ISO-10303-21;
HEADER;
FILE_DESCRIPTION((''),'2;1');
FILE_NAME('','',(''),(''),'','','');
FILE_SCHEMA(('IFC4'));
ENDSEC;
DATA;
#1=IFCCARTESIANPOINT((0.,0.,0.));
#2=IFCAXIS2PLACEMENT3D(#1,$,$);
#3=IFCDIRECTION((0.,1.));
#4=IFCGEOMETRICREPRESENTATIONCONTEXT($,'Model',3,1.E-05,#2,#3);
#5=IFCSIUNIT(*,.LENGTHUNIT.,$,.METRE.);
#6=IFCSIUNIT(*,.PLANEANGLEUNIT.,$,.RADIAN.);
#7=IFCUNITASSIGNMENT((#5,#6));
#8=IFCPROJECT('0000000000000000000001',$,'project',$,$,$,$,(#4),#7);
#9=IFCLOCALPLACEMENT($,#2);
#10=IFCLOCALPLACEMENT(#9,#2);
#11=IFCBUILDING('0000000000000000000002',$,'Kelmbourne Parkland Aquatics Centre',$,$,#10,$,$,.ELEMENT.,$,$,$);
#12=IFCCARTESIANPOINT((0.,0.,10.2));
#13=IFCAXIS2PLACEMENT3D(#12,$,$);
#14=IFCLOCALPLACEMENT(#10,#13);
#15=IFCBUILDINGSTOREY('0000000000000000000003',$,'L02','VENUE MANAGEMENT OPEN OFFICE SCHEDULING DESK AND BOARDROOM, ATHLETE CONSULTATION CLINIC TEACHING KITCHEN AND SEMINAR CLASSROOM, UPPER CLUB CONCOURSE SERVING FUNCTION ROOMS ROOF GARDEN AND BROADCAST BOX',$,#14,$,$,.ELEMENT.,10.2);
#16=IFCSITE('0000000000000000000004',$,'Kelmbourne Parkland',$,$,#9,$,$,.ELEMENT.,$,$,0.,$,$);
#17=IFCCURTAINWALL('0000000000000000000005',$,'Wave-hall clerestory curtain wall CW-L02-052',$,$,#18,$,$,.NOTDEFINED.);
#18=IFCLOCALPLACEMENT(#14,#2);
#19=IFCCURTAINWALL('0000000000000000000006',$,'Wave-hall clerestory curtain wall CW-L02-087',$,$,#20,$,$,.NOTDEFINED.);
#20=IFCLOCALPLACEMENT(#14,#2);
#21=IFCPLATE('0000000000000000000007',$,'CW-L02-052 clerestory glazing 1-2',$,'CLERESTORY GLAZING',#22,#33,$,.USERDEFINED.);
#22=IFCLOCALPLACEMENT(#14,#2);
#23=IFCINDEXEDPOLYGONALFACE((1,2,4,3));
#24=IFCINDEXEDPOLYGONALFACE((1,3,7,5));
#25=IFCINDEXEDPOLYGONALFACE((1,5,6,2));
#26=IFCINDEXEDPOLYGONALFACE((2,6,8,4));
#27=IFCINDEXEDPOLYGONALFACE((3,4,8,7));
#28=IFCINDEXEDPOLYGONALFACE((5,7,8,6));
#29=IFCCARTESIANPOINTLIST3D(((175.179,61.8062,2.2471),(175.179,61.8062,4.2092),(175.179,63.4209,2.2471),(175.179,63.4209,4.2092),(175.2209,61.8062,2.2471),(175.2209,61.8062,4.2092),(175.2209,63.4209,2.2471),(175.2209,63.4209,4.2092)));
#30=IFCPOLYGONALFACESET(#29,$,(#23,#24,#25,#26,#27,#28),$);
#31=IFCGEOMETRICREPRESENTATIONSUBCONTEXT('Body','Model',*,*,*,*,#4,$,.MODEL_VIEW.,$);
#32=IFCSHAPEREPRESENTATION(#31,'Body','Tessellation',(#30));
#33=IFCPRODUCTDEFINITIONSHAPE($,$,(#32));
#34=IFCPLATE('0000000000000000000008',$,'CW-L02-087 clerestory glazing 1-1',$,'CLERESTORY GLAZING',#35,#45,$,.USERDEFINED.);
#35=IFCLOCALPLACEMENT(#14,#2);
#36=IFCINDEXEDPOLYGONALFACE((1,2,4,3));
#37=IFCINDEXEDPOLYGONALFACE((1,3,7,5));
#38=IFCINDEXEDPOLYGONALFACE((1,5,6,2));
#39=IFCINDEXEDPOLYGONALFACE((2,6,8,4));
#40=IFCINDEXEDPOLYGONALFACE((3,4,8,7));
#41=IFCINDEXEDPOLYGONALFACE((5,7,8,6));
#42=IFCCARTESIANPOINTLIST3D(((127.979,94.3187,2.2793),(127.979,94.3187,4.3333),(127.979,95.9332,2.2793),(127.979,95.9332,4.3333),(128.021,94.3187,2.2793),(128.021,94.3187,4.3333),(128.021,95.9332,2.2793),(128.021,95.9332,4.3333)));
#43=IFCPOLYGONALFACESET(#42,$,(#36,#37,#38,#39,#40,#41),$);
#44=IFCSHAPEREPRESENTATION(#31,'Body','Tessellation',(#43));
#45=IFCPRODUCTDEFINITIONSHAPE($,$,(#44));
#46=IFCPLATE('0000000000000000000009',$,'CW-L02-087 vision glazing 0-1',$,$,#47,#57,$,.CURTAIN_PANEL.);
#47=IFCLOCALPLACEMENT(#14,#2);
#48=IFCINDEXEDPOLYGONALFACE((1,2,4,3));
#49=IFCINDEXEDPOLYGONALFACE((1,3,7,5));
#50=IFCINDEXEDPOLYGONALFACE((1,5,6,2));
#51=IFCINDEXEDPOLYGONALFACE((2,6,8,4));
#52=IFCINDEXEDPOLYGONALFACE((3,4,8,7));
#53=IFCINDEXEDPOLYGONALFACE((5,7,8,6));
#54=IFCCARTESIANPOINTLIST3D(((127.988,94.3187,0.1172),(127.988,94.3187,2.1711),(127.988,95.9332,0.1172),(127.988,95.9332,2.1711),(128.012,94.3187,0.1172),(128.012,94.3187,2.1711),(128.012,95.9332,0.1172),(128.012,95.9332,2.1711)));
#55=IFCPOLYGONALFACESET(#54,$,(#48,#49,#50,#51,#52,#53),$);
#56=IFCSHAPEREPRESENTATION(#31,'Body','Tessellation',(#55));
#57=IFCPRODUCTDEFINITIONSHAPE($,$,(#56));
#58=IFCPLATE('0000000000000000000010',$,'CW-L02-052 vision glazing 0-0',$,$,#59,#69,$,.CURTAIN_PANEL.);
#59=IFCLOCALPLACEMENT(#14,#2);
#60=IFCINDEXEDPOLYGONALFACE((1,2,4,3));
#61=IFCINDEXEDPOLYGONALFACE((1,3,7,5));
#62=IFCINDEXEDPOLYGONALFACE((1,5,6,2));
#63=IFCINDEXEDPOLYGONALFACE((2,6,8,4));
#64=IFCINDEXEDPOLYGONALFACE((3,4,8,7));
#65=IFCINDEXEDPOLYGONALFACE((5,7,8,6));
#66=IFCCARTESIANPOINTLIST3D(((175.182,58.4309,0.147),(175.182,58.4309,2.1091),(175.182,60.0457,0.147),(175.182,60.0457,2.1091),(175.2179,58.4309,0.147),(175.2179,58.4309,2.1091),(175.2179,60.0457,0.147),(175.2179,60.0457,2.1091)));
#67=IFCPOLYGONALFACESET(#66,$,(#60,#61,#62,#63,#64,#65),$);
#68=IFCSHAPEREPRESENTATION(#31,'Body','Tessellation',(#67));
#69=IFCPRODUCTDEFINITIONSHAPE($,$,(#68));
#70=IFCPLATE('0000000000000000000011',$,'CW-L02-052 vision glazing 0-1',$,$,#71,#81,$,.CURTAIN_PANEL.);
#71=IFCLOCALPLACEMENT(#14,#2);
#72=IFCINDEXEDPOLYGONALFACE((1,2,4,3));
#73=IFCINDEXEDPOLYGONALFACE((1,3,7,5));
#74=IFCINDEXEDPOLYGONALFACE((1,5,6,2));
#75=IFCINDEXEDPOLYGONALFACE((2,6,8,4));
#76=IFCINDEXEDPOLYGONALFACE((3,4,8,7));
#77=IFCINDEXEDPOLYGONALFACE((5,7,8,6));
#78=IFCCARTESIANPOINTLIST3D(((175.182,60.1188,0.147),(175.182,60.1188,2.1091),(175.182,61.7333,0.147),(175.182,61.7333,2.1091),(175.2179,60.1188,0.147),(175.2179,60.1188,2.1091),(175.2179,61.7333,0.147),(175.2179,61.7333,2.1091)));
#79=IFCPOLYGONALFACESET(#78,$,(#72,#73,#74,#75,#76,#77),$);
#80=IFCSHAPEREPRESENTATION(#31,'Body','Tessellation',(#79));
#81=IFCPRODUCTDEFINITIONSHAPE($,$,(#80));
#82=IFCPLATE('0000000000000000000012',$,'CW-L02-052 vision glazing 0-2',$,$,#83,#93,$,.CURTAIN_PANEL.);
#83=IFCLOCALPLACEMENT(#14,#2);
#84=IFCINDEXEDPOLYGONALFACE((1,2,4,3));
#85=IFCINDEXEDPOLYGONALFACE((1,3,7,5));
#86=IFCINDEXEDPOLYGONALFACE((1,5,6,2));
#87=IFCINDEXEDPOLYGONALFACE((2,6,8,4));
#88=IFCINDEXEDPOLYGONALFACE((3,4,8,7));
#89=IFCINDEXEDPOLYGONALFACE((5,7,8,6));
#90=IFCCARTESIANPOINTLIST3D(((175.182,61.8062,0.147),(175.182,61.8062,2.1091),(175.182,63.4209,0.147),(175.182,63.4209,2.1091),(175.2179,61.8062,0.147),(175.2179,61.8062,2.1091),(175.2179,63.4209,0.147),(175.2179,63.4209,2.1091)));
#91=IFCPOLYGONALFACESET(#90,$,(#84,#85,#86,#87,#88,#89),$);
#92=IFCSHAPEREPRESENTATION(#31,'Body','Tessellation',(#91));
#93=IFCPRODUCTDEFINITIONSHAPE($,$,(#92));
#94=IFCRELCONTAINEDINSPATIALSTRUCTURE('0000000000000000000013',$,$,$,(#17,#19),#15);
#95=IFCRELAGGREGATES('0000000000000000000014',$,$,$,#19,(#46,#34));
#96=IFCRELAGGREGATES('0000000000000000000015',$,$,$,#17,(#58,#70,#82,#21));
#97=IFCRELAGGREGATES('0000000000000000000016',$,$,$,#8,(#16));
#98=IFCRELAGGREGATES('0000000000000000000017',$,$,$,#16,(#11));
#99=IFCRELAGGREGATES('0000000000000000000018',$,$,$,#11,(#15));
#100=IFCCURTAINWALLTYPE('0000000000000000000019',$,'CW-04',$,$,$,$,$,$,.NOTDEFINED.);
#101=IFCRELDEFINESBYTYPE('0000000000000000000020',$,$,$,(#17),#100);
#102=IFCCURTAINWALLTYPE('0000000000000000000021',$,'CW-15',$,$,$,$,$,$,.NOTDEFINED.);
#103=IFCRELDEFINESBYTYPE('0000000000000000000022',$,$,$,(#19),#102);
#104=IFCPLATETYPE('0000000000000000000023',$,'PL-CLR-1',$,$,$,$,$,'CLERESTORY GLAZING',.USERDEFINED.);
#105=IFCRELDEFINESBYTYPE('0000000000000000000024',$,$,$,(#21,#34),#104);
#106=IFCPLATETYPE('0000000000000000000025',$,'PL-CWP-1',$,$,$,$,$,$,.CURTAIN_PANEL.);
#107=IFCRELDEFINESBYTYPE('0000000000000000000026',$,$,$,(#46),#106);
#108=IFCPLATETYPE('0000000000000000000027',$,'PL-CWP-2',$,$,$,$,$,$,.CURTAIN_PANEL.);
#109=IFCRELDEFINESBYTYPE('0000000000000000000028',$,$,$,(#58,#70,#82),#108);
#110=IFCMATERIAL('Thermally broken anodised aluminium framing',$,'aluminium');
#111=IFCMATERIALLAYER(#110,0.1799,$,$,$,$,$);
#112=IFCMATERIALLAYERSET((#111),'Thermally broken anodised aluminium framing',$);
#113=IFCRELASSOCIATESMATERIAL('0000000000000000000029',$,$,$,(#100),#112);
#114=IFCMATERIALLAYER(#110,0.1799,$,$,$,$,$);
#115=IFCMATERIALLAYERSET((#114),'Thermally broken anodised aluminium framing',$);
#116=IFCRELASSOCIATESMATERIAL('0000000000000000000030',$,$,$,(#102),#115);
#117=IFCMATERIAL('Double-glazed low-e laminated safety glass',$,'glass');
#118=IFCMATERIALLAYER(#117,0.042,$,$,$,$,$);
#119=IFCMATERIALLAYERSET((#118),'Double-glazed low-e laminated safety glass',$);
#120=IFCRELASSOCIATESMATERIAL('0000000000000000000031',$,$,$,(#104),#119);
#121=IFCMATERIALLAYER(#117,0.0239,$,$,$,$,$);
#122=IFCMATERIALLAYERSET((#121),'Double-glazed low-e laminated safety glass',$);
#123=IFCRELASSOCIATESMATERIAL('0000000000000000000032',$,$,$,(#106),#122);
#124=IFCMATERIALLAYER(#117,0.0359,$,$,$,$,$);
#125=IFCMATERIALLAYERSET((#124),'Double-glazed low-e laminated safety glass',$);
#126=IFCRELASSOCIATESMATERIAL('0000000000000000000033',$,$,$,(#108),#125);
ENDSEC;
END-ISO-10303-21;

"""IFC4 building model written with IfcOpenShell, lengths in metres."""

from ifc_helpers import new_model, si_unit, direction, frame, origin, origin_2d, place, context, subcontext, project, spatial, rectangle, extrude, material, layer, layer_set, type_object, element, aggregate, save


model = new_model("IFC4")

# Units and contexts
model_context = context("Model", 3, precision=1e-05, world=origin(), true_north=direction((0.0, 1.0)))
body_context = subcontext(model_context, "Body", "Model", "MODEL_VIEW")
ifc_project = project(units=[si_unit("LENGTHUNIT", "METRE"), si_unit("PLANEANGLEUNIT", "RADIAN")], contexts=[model_context])

# Site, building, storey
site_placement = place(None, origin())
site = spatial("IfcSite", under=ifc_project, at=site_placement, Name="Kelmbourne Parkland", CompositionType="ELEMENT", RefElevation=0.0)
building_placement = place(site_placement, origin())
building = spatial("IfcBuilding", under=site, at=building_placement, Name="Kelmbourne Parkland Aquatics Centre", CompositionType="ELEMENT")
storey_placement = place(building_placement, frame((0.0, 0.0, 10.2)))
storey = spatial("IfcBuildingStorey", under=building, at=storey_placement, Name="L02", Description="VENUE MANAGEMENT OPEN OFFICE SCHEDULING DESK AND BOARDROOM, ATHLETE CONSULTATION CLINIC TEACHING KITCHEN AND SEMINAR CLASSROOM, UPPER CLUB CONCOURSE SERVING FUNCTION ROOMS ROOF GARDEN AND BROADCAST BOX", CompositionType="ELEMENT", Elevation=10.2)

# Curtain walls
ifc_material_1 = material(Name="Thermally broken anodised aluminium framing", Category="aluminium")
ifc_layer_1 = layer(ifc_material_1, 0.1799)
ifc_layer_set_1 = layer_set([ifc_layer_1], Name="Thermally broken anodised aluminium framing")
curtain_wall_type_1 = type_object("IfcCurtainWallType", Name="CW-04", PredefinedType="NOTDEFINED", material=ifc_layer_set_1)
curtain_wall_1_placement = place(storey_placement, origin())
curtain_wall_1 = element("IfcCurtainWall", 1, at=curtain_wall_1_placement, inside=storey, type_object=curtain_wall_type_1, Name="Wave-hall clerestory curtain wall CW-L02-052", PredefinedType="NOTDEFINED")
ifc_layer_2 = layer(ifc_material_1, 0.1799)
ifc_layer_set_2 = layer_set([ifc_layer_2], Name="Thermally broken anodised aluminium framing")
curtain_wall_type_2 = type_object("IfcCurtainWallType", Name="CW-15", PredefinedType="NOTDEFINED", material=ifc_layer_set_2)
curtain_wall_2_placement = place(storey_placement, origin())
curtain_wall_2 = element("IfcCurtainWall", 2, at=curtain_wall_2_placement, inside=storey, type_object=curtain_wall_type_2, Name="Wave-hall clerestory curtain wall CW-L02-087", PredefinedType="NOTDEFINED")

# Plates
ifc_material_2 = material(Name="Double-glazed low-e laminated safety glass", Category="glass")
ifc_layer_3 = layer(ifc_material_2, 0.042)
ifc_layer_set_3 = layer_set([ifc_layer_3], Name="Double-glazed low-e laminated safety glass")
plate_type_1 = type_object("IfcPlateType", Name="PL-CLR-1", ElementType="CLERESTORY GLAZING", PredefinedType="USERDEFINED", material=ifc_layer_set_3)
plate_1_placement = place(storey_placement, frame((175.2, 62.6135, 2.2471), z_axis=(0.0, 0.0, 1.0), x_axis=(0.0, 1.0, 0.0)))
plate_1 = element("IfcPlate", 3, at=plate_1_placement, type_object=plate_type_1, Name="CW-L02-052 clerestory glazing 1-2", ObjectType="CLERESTORY GLAZING", PredefinedType="USERDEFINED", context=body_context, shape_type="SweptSolid", body=[
    extrude(rectangle(XDim=1.6147, YDim=0.042, at=origin_2d()), origin(), (0.0, 0.0, 1.0), 1.9622),
])
plate_2_placement = place(storey_placement, frame((128.0, 95.126, 2.2793), z_axis=(0.0, 0.0, 1.0), x_axis=(0.0, 1.0, 0.0)))
plate_2 = element("IfcPlate", 4, at=plate_2_placement, type_object=plate_type_1, Name="CW-L02-087 clerestory glazing 1-1", ObjectType="CLERESTORY GLAZING", PredefinedType="USERDEFINED", context=body_context, shape_type="SweptSolid", body=[
    extrude(rectangle(XDim=1.6145, YDim=0.042, at=origin_2d()), origin(), (0.0, 0.0, 1.0), 2.054),
])
ifc_layer_4 = layer(ifc_material_2, 0.0239)
ifc_layer_set_4 = layer_set([ifc_layer_4], Name="Double-glazed low-e laminated safety glass")
plate_type_2 = type_object("IfcPlateType", Name="PL-CWP-1", PredefinedType="CURTAIN_PANEL", material=ifc_layer_set_4)
plate_3_placement = place(storey_placement, frame((128.0, 95.126, 0.1172), z_axis=(0.0, 0.0, 1.0), x_axis=(0.0, 1.0, 0.0)))
plate_3 = element("IfcPlate", 5, at=plate_3_placement, type_object=plate_type_2, Name="CW-L02-087 vision glazing 0-1", PredefinedType="CURTAIN_PANEL", context=body_context, shape_type="SweptSolid", body=[
    extrude(rectangle(XDim=1.6145, YDim=0.0239, at=origin_2d()), origin(), (0.0, 0.0, 1.0), 2.054),
])
aggregate(curtain_wall_2, [plate_3, plate_2])
ifc_layer_5 = layer(ifc_material_2, 0.0359)
ifc_layer_set_5 = layer_set([ifc_layer_5], Name="Double-glazed low-e laminated safety glass")
plate_type_3 = type_object("IfcPlateType", Name="PL-CWP-2", PredefinedType="CURTAIN_PANEL", material=ifc_layer_set_5)
plate_4_placement = place(storey_placement, frame((175.2, 59.2383, 0.147), z_axis=(0.0, 0.0, 1.0), x_axis=(0.0, 1.0, 0.0)))
plate_4 = element("IfcPlate", 6, at=plate_4_placement, type_object=plate_type_3, Name="CW-L02-052 vision glazing 0-0", PredefinedType="CURTAIN_PANEL", context=body_context, shape_type="SweptSolid", body=[
    extrude(rectangle(XDim=1.6147, YDim=0.0359, at=origin_2d()), origin(), (0.0, 0.0, 1.0), 1.9622),
])
plate_5_placement = place(storey_placement, frame((175.2, 60.926, 0.147), z_axis=(0.0, 0.0, 1.0), x_axis=(0.0, 1.0, 0.0)))
plate_5 = element("IfcPlate", 7, at=plate_5_placement, type_object=plate_type_3, Name="CW-L02-052 vision glazing 0-1", PredefinedType="CURTAIN_PANEL", context=body_context, shape_type="SweptSolid", body=[
    extrude(rectangle(XDim=1.6145, YDim=0.0359, at=origin_2d()), origin(), (0.0, 0.0, 1.0), 1.9622),
])
plate_6_placement = place(storey_placement, frame((175.2, 62.6135, 0.147), z_axis=(0.0, 0.0, 1.0), x_axis=(0.0, 1.0, 0.0)))
plate_6 = element("IfcPlate", 8, at=plate_6_placement, type_object=plate_type_3, Name="CW-L02-052 vision glazing 0-2", PredefinedType="CURTAIN_PANEL", context=body_context, shape_type="SweptSolid", body=[
    extrude(rectangle(XDim=1.6147, YDim=0.0359, at=origin_2d()), origin(), (0.0, 0.0, 1.0), 1.9622),
])
aggregate(curtain_wall_1, [plate_4, plate_5, plate_6, plate_1])

save(model, "model.ifc")
